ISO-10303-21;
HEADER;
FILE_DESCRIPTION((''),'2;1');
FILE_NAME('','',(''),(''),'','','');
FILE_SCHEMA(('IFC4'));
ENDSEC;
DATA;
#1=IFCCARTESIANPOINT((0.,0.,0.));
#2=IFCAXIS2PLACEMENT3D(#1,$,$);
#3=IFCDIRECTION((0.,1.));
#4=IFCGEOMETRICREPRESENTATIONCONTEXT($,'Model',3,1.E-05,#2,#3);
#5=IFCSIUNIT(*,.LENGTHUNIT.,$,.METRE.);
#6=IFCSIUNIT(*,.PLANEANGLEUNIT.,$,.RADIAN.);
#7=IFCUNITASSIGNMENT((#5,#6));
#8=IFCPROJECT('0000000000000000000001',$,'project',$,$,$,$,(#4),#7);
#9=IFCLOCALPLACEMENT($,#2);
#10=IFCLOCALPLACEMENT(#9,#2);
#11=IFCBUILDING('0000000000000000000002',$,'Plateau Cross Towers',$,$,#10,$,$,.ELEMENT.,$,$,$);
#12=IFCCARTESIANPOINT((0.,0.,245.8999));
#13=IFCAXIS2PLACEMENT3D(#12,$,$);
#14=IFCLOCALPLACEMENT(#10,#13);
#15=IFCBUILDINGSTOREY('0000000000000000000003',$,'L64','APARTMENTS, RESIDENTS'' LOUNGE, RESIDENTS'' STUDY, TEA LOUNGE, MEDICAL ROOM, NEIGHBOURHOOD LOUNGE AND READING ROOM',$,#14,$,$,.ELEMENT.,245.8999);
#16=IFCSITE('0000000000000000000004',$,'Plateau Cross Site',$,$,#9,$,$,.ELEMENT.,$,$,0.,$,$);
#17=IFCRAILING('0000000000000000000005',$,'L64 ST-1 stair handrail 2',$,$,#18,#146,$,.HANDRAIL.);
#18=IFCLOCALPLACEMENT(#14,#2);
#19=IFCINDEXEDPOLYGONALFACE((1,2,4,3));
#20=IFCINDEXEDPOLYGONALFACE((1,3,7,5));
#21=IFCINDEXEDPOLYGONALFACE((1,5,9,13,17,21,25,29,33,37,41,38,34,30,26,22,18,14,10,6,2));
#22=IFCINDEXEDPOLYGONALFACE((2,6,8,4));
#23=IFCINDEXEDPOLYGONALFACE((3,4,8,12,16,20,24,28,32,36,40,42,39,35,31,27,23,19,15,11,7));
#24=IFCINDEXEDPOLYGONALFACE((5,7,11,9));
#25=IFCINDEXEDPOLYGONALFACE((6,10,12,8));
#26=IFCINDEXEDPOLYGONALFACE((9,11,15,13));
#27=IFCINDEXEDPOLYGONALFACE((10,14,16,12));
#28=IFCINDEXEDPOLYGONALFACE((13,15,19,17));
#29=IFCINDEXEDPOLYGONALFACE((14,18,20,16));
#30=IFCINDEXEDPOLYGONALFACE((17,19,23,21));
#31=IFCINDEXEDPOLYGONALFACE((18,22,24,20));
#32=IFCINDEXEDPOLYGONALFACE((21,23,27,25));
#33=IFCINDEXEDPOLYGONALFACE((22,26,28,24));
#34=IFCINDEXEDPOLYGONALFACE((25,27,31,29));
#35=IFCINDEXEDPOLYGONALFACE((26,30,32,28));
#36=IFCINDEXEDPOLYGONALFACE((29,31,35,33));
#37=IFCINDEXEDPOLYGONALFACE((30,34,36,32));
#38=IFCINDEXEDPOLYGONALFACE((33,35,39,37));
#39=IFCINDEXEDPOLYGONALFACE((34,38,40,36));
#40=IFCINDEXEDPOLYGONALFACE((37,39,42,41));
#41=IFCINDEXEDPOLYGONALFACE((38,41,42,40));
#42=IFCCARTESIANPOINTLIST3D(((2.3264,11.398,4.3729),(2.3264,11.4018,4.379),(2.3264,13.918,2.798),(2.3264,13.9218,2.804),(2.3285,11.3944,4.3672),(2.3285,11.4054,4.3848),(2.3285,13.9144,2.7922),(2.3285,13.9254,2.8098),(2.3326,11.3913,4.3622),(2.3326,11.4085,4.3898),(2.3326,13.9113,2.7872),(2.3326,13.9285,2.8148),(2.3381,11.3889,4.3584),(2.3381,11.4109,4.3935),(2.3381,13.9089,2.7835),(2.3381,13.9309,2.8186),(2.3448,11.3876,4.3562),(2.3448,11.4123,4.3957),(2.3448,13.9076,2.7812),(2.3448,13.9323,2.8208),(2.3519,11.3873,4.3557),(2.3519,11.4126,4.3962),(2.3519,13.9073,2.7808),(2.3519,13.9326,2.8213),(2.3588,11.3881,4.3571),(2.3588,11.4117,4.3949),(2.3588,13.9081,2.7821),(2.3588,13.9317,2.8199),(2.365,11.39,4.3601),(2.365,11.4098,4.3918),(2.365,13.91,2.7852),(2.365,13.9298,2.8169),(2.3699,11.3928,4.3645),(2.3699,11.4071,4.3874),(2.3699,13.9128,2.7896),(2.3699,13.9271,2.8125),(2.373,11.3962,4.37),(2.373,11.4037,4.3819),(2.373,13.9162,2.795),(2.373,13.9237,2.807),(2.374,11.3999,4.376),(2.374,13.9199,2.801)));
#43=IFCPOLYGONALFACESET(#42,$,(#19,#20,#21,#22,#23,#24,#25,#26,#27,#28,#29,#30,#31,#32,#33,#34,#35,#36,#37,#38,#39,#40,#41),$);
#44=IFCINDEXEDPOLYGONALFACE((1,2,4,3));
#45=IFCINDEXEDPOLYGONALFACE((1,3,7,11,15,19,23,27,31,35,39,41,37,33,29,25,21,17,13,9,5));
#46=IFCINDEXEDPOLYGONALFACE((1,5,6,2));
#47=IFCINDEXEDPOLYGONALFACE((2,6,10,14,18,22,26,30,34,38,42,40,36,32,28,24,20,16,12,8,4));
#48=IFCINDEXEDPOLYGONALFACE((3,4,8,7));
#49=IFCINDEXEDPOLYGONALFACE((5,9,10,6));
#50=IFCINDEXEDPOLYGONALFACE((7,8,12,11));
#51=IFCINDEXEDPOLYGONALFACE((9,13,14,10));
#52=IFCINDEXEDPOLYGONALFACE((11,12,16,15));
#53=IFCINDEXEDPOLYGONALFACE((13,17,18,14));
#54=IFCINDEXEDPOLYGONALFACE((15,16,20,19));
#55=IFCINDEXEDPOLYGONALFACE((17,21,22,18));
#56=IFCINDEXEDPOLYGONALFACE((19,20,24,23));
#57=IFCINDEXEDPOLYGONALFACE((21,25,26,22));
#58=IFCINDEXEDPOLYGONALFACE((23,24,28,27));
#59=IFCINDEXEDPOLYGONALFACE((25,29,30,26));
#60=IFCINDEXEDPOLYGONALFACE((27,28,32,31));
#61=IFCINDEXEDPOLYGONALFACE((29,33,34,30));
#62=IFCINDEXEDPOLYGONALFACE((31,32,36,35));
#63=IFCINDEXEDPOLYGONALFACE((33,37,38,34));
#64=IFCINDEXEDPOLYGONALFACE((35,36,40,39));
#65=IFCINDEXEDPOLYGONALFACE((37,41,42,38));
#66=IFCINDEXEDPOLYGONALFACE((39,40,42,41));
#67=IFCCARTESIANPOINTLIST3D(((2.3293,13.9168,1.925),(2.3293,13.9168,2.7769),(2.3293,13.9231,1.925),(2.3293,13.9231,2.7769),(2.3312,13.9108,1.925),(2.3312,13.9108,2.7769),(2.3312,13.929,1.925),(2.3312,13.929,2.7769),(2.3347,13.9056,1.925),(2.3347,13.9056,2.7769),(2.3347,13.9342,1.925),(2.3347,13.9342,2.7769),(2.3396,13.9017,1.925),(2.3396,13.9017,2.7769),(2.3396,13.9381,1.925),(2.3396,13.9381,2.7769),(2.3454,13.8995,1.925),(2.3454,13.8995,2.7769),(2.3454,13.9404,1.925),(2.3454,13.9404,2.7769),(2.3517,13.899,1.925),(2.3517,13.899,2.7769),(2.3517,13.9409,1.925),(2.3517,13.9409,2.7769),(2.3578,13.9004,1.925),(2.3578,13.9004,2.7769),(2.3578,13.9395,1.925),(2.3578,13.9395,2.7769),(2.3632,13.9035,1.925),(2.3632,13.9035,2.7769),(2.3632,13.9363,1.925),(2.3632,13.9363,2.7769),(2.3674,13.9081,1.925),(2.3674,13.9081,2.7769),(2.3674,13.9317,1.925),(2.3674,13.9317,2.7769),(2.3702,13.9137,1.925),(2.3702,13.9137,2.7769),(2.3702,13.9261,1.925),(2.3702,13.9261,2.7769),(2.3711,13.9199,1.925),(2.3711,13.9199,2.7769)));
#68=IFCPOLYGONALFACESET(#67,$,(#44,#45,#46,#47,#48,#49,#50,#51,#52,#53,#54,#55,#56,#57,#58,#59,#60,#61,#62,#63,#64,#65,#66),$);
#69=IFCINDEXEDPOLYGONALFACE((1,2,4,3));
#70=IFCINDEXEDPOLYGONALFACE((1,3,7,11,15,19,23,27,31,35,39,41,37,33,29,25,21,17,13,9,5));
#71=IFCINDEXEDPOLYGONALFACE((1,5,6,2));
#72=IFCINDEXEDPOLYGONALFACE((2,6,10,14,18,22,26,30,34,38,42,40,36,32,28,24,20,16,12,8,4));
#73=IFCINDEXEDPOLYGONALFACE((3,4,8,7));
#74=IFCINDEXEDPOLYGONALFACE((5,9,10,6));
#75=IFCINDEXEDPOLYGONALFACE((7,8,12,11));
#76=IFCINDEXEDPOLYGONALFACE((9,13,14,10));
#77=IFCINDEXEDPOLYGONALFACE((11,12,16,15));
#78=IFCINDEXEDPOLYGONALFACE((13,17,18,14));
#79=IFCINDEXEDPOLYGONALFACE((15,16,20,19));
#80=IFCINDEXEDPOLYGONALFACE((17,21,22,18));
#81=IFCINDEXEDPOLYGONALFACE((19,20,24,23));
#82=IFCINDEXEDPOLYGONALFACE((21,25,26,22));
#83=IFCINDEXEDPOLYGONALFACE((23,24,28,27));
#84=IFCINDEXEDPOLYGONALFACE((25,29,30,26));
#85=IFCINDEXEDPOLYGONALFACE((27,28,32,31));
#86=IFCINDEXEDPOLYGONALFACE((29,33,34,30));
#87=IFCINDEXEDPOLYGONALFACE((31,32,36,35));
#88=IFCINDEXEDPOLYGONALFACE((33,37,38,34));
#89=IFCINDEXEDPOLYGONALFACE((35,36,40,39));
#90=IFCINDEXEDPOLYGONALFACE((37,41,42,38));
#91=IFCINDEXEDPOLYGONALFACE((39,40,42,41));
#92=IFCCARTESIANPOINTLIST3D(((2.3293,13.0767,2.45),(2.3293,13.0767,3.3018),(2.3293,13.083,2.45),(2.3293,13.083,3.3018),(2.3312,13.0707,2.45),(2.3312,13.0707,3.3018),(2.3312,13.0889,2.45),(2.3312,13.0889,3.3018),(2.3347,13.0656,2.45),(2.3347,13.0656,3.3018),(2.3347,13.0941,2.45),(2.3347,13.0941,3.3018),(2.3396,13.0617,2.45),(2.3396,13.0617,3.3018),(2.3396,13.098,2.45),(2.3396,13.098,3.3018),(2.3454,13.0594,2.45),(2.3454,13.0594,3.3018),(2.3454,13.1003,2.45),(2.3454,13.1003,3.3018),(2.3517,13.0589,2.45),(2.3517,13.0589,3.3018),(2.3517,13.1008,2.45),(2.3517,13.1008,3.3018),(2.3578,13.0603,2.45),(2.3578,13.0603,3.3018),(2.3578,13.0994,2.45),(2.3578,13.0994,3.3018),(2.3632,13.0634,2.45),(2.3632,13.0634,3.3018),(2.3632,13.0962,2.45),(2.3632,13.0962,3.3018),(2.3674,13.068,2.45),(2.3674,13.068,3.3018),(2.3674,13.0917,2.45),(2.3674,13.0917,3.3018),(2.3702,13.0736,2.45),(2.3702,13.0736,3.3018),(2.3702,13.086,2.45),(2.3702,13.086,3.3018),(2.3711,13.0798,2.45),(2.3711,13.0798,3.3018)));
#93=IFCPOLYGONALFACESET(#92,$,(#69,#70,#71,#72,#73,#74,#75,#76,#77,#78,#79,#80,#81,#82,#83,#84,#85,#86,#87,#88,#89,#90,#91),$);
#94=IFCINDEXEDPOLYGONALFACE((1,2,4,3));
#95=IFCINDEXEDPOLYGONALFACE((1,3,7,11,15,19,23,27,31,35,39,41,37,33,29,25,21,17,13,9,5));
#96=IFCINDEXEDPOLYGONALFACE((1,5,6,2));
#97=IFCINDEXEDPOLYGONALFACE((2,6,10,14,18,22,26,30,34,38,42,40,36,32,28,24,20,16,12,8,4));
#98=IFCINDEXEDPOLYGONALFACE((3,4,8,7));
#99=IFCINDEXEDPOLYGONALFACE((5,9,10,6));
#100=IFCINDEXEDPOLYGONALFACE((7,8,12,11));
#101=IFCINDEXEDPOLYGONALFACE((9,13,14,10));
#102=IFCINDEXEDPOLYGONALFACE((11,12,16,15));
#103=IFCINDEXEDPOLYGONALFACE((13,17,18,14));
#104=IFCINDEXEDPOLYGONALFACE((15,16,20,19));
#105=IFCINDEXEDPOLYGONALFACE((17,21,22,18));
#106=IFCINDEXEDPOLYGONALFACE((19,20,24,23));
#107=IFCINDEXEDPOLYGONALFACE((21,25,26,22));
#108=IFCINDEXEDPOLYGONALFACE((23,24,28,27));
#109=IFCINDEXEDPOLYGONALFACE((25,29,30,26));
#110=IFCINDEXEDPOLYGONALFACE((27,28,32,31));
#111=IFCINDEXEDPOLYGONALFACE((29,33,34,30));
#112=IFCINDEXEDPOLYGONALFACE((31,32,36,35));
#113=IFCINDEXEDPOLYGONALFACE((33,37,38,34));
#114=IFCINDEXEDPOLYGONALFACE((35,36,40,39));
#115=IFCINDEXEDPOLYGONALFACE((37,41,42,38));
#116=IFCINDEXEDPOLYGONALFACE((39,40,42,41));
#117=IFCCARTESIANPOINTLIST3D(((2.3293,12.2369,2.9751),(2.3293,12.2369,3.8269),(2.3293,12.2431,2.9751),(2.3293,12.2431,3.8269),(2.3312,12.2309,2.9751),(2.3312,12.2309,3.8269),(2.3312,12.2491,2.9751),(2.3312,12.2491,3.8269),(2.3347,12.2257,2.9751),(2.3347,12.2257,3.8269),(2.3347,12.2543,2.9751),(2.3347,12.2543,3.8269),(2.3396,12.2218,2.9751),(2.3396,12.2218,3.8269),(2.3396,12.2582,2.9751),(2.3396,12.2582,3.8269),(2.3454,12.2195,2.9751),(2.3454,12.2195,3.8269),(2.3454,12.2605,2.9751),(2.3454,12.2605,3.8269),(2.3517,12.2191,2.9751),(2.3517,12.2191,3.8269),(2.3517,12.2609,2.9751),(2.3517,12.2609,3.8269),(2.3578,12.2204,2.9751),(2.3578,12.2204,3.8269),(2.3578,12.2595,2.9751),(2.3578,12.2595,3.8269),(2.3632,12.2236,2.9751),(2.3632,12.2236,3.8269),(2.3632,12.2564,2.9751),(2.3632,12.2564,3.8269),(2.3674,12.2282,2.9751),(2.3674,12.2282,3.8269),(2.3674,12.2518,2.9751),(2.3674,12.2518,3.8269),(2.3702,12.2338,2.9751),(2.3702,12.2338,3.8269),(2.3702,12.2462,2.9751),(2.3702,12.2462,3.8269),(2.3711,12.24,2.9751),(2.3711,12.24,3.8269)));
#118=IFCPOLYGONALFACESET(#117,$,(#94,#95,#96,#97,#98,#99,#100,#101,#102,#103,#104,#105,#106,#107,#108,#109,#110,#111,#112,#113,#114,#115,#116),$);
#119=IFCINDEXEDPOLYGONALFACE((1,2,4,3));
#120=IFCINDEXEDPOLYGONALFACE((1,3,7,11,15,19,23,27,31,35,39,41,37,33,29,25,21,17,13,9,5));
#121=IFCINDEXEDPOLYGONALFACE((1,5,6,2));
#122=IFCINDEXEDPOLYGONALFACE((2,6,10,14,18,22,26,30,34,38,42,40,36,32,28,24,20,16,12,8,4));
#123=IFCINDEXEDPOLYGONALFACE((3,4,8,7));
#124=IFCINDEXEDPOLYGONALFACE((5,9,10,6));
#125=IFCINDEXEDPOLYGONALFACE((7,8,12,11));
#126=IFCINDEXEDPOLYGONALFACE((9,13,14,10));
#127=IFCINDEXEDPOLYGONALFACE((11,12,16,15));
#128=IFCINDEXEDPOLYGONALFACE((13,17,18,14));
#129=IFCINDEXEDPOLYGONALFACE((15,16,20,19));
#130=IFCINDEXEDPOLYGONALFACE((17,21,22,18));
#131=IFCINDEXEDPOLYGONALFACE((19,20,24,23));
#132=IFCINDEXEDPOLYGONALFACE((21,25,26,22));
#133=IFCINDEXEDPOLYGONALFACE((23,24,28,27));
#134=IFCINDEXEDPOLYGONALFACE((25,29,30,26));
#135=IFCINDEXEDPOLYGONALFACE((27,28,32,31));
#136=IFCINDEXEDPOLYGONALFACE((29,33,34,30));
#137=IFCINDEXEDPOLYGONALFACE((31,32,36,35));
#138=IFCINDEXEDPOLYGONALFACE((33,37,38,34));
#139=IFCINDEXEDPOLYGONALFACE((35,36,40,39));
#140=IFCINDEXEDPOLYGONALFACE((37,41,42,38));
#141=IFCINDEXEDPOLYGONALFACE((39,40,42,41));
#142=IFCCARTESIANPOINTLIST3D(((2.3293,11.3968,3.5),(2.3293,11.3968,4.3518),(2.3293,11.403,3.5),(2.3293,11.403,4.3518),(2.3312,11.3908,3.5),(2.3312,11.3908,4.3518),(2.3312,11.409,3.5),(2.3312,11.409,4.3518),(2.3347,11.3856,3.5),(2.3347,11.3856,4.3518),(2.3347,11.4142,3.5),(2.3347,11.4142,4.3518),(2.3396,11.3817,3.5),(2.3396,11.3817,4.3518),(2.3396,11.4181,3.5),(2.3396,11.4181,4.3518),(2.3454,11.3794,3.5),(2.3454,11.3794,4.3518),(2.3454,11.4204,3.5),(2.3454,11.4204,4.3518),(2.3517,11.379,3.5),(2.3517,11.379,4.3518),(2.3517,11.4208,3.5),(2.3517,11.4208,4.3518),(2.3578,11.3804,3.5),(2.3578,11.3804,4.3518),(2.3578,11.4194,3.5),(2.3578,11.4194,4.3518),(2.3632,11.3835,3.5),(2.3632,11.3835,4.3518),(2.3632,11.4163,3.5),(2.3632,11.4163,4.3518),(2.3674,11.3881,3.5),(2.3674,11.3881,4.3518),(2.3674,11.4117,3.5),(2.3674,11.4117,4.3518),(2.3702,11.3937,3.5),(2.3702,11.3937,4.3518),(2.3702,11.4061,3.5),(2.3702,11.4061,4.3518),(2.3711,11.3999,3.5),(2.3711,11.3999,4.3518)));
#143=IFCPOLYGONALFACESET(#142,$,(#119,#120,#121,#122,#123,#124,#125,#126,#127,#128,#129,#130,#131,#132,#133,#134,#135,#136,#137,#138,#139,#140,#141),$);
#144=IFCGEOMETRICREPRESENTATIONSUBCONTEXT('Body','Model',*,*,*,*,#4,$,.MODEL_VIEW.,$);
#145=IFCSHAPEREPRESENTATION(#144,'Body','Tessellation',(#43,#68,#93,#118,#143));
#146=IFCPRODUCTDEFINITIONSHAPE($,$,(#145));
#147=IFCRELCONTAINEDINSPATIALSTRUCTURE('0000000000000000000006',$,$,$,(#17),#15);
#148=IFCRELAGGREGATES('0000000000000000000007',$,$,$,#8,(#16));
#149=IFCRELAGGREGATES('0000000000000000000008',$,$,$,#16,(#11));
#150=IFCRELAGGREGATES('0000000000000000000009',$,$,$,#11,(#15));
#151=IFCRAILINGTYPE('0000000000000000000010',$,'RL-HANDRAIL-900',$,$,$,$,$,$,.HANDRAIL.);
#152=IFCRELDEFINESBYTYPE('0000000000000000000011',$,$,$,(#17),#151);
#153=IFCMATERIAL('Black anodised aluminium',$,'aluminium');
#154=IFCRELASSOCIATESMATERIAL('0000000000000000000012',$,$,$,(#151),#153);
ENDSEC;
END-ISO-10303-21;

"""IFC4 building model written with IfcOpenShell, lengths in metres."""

from ifc_helpers import new_model, si_unit, direction, frame, origin, origin_2d, place, context, subcontext, project, spatial, circle, extrude, material, type_object, element, save


model = new_model("IFC4")

# Units and contexts
model_context = context("Model", 3, precision=1e-05, world=origin(), true_north=direction((0.0, 1.0)))
body_context = subcontext(model_context, "Body", "Model", "MODEL_VIEW")
ifc_project = project(units=[si_unit("LENGTHUNIT", "METRE"), si_unit("PLANEANGLEUNIT", "RADIAN")], contexts=[model_context])

# Site, building, storey
site_placement = place(None, origin())
site = spatial("IfcSite", under=ifc_project, at=site_placement, Name="Plateau Cross Site", CompositionType="ELEMENT", RefElevation=0.0)
building_placement = place(site_placement, origin())
building = spatial("IfcBuilding", under=site, at=building_placement, Name="Plateau Cross Towers", CompositionType="ELEMENT")
storey_placement = place(building_placement, frame((0.0, 0.0, 245.8999)))
storey = spatial("IfcBuildingStorey", under=building, at=storey_placement, Name="L64", Description="APARTMENTS, RESIDENTS' LOUNGE, RESIDENTS' STUDY, TEA LOUNGE, MEDICAL ROOM, NEIGHBOURHOOD LOUNGE AND READING ROOM", CompositionType="ELEMENT", Elevation=245.8999)

# Shared definitions
ifc_material_1 = material(Name="Black anodised aluminium", Category="aluminium")

# Railing
railing_type_1 = type_object("IfcRailingType", Name="RL-HANDRAIL-900", PredefinedType="HANDRAIL", material=ifc_material_1)
railing_1_placement = place(storey_placement, frame((2.3501, 13.9199, 1.925)))
element("IfcRailing", 1, at=railing_1_placement, inside=storey, type_object=railing_type_1, Name="L64 ST-1 stair handrail 2", PredefinedType="HANDRAIL", context=body_context, shape_type="SweptSolid", body=[
    extrude(circle(Radius=0.0239, at=origin_2d()), frame((0.0, 0.0, 0.876), z_axis=(0.0, -0.848008, 0.529984), x_axis=(1.0, 0.0, 0.0)), (0.0, 0.0, 1.0), 2.9717),
    extrude(circle(Radius=0.021, at=origin_2d()), origin(), (0.0, 0.0, 1.0), 0.8518),
    extrude(circle(Radius=0.021, at=origin_2d()), frame((0.0, -0.8401, 0.5249)), (0.0, 0.0, 1.0), 0.8518),
    extrude(circle(Radius=0.021, at=origin_2d()), frame((0.0, -1.6799, 1.05)), (0.0, 0.0, 1.0), 0.8518),
    extrude(circle(Radius=0.021, at=origin_2d()), frame((0.0, -2.52, 1.575)), (0.0, 0.0, 1.0), 0.8518),
])

save(model, "model.ifc")
